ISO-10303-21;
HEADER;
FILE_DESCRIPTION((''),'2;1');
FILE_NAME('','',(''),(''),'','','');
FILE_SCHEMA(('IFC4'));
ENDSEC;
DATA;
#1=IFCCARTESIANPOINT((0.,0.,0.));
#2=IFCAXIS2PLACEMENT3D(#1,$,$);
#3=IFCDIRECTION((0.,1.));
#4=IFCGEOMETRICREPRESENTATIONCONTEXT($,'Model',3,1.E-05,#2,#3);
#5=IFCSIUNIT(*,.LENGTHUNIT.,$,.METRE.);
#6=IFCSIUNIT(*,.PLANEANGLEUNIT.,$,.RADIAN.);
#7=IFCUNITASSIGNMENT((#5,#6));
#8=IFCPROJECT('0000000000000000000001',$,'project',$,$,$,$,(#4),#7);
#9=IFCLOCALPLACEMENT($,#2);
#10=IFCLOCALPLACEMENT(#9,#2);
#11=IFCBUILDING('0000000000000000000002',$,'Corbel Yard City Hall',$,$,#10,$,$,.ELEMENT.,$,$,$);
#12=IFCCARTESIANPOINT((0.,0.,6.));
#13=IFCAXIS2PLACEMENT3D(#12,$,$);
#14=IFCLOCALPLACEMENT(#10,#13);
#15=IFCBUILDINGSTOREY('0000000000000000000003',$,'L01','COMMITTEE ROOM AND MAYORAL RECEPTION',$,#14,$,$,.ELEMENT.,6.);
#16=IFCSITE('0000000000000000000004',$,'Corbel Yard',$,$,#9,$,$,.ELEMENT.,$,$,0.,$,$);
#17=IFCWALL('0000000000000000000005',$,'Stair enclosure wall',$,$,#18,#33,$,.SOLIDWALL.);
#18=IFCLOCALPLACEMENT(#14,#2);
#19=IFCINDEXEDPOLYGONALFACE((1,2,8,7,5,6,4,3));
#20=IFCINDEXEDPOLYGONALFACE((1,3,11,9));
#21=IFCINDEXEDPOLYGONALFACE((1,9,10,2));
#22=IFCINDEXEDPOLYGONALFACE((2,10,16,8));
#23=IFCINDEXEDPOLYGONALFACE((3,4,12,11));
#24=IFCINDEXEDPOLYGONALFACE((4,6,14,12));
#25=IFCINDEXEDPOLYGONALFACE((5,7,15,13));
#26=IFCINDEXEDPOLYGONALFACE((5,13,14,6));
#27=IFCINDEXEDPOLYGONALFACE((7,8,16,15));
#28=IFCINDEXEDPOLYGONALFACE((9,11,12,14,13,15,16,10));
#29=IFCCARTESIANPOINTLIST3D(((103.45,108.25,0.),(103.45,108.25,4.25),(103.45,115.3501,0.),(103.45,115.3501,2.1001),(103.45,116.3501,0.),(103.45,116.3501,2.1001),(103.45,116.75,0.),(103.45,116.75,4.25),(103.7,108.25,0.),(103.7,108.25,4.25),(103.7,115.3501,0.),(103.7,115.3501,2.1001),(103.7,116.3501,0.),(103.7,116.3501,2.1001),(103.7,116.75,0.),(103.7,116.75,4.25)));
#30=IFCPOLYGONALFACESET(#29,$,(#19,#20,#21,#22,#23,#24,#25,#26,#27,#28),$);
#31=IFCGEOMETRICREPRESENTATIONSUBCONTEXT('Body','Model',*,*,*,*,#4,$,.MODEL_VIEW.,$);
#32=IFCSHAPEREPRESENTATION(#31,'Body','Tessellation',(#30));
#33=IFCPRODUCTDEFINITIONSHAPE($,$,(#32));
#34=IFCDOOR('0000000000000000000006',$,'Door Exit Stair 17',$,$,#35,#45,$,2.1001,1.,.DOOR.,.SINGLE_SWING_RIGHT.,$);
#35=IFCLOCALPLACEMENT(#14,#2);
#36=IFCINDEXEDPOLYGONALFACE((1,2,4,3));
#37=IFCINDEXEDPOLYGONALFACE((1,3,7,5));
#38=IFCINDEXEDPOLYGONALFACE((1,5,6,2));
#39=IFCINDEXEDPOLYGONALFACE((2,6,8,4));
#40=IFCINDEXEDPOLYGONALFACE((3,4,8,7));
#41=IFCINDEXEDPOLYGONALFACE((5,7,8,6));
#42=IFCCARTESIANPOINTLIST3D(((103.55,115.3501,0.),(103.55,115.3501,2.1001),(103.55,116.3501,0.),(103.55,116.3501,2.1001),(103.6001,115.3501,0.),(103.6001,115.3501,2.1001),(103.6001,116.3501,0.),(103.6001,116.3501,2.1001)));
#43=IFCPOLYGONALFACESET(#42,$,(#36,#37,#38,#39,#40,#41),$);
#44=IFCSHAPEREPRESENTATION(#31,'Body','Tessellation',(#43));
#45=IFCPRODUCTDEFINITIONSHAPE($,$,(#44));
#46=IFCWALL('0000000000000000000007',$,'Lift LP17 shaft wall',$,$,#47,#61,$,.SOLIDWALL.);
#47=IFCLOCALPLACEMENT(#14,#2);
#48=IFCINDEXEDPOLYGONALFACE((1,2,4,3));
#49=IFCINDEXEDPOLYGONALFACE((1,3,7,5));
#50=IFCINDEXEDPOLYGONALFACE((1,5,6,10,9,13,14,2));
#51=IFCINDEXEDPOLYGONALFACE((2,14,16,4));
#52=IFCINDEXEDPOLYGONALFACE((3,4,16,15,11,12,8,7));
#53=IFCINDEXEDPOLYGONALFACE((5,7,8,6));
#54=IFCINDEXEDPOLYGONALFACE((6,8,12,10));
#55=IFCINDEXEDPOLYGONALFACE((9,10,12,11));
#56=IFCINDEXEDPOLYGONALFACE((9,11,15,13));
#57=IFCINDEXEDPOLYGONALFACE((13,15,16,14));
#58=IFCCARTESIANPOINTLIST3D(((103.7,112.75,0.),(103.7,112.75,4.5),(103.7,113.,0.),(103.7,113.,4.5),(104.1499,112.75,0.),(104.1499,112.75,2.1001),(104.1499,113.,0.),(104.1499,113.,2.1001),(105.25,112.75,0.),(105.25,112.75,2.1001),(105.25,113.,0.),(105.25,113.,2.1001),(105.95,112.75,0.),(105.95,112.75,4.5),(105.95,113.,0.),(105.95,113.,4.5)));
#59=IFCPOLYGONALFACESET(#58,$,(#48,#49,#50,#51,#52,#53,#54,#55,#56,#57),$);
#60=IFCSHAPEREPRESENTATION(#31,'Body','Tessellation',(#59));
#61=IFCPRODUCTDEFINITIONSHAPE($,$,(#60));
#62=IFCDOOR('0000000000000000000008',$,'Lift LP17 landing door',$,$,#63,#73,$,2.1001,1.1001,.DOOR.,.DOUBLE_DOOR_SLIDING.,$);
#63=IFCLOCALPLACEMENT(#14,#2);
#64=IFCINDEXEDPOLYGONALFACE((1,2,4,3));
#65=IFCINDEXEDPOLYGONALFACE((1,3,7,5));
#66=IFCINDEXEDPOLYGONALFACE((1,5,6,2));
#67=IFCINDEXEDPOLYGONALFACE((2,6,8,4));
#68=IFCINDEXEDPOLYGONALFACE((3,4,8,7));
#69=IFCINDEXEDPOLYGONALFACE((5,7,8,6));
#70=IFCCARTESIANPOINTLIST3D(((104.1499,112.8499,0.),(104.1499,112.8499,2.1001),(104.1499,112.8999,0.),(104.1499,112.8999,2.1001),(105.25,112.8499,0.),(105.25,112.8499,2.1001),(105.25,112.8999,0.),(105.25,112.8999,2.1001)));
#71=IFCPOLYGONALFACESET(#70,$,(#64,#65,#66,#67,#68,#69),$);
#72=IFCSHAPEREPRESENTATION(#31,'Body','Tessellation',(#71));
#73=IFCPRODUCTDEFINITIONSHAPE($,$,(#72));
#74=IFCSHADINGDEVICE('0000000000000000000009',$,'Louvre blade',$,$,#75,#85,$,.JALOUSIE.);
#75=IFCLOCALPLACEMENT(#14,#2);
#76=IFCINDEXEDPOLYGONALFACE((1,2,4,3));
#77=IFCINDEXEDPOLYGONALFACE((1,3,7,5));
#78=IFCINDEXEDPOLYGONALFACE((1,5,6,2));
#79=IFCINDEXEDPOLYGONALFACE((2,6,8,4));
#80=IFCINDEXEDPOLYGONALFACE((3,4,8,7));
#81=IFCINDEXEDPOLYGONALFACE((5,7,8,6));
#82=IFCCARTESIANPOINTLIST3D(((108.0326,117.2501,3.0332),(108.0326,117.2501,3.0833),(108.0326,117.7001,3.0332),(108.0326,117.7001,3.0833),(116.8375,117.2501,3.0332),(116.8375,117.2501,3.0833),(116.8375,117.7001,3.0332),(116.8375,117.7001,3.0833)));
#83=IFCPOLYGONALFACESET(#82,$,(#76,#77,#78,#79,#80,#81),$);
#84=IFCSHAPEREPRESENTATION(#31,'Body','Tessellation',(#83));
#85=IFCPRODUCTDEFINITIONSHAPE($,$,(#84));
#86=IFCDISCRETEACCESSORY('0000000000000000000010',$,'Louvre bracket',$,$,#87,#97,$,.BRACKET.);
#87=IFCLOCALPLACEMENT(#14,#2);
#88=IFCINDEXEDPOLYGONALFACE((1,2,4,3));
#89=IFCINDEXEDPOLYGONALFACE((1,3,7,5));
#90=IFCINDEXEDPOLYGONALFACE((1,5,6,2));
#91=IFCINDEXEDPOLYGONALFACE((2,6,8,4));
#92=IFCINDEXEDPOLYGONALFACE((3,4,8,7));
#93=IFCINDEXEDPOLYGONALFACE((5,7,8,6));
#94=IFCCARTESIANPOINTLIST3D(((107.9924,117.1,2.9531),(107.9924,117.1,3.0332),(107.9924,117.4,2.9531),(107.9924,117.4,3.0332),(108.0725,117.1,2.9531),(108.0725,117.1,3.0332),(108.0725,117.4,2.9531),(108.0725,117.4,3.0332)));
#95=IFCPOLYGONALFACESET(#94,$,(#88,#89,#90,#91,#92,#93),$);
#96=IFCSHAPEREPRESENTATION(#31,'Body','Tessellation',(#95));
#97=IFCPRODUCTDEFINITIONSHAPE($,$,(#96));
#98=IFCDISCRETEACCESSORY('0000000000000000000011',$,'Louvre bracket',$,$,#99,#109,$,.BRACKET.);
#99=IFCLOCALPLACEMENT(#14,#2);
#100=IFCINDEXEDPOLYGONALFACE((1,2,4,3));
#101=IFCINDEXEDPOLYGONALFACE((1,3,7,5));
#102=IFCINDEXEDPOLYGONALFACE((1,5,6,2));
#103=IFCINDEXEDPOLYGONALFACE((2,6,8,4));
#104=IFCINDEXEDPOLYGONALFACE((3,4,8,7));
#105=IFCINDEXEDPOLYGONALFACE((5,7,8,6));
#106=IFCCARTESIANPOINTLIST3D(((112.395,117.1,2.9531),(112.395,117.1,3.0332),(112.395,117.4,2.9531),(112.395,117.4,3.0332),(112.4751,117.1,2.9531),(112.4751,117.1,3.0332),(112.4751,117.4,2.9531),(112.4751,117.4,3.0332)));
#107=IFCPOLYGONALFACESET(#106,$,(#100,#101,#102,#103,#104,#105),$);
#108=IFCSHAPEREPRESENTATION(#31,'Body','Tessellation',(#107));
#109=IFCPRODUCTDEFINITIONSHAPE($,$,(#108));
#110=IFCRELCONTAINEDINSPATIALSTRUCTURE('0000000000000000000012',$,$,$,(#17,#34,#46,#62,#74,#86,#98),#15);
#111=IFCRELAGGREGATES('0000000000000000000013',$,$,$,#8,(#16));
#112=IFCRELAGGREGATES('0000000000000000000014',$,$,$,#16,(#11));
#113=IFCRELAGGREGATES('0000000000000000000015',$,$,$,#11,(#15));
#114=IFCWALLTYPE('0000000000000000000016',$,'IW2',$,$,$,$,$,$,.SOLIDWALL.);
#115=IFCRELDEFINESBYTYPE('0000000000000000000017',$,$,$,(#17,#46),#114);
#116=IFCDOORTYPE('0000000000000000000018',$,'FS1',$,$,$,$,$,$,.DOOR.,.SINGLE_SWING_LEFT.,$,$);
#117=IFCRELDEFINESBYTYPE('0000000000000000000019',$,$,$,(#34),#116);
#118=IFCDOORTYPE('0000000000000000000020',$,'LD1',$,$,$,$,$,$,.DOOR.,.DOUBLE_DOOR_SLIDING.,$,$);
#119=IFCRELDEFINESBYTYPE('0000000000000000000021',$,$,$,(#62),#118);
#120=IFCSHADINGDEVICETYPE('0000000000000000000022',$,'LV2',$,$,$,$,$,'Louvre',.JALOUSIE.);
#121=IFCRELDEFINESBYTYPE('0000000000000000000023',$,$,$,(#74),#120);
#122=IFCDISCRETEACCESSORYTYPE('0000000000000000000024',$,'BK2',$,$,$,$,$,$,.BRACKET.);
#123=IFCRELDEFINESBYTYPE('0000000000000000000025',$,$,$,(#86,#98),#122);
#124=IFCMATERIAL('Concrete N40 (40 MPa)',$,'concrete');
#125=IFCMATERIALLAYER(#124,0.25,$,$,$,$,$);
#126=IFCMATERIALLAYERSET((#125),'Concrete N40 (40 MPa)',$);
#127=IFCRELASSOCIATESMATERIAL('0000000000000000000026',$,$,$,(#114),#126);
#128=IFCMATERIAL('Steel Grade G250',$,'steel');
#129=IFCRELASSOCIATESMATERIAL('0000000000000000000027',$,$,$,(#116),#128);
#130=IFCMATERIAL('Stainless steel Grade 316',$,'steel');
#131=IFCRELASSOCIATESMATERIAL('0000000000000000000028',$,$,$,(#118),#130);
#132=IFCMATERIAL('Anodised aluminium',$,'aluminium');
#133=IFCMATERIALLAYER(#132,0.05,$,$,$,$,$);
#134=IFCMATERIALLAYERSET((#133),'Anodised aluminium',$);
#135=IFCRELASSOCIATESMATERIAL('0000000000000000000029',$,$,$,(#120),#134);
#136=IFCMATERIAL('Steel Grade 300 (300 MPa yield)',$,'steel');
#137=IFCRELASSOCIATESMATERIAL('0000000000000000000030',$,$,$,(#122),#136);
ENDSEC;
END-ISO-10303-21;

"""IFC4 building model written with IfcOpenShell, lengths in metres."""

from ifc_helpers import new_model, si_unit, direction, frame, frame_2d, origin, origin_2d, place, context, subcontext, project, spatial, rectangle, extrude, material, layer, layer_set, type_object, element, fill, save


model = new_model("IFC4")

# Units and contexts
model_context = context("Model", 3, precision=1e-05, world=origin(), true_north=direction((0.0, 1.0)))
body_context = subcontext(model_context, "Body", "Model", "MODEL_VIEW")
ifc_project = project(units=[si_unit("LENGTHUNIT", "METRE"), si_unit("PLANEANGLEUNIT", "RADIAN")], contexts=[model_context])

# Site, building, storey
site_placement = place(None, origin())
site = spatial("IfcSite", under=ifc_project, at=site_placement, Name="Corbel Yard", CompositionType="ELEMENT", RefElevation=0.0)
building_placement = place(site_placement, origin())
building = spatial("IfcBuilding", under=site, at=building_placement, Name="Corbel Yard City Hall", CompositionType="ELEMENT")
storey_placement = place(building_placement, frame((0.0, 0.0, 6.0)))
storey = spatial("IfcBuildingStorey", under=building, at=storey_placement, Name="L01", Description="COMMITTEE ROOM AND MAYORAL RECEPTION", CompositionType="ELEMENT", Elevation=6.0)

# Shared definitions
ifc_material_1 = material(Name="Steel Grade 300 (300 MPa yield)", Category="steel")

# Walls, openings, doors
ifc_material_2 = material(Name="Concrete N40 (40 MPa)", Category="concrete")
ifc_layer_1 = layer(ifc_material_2, 0.25)
ifc_layer_set_1 = layer_set([ifc_layer_1], Name="Concrete N40 (40 MPa)")
wall_type = type_object("IfcWallType", Name="IW2", PredefinedType="SOLIDWALL", material=ifc_layer_set_1)
wall_1_placement = place(storey_placement, frame((103.575, 116.75, 0.0), z_axis=(0.0, 0.0, 1.0), x_axis=(0.0, -1.0, 0.0)))
wall_1 = element("IfcWall", 1, at=wall_1_placement, inside=storey, type_object=wall_type, Name="Stair enclosure wall", PredefinedType="SOLIDWALL", context=body_context, shape_type="SweptSolid", body=[
    extrude(rectangle(XDim=8.5, YDim=0.25, at=frame_2d((4.25, 0.0))), origin(), (0.0, 0.0, 1.0), 4.25),
])
opening_1_placement = place(wall_1_placement, frame((0.3999, 0.0, 0.0)))
opening_1 = element("IfcOpeningElement", 2, at=opening_1_placement, cuts=wall_1, PredefinedType="OPENING", context=body_context, shape_type="SweptSolid", body=[
    extrude(rectangle(XDim=1.0, YDim=2.1001, at=frame_2d((0.5, 1.05))), frame((0.0, 0.135, 0.0), z_axis=(0.0, -1.0, 0.0), x_axis=(1.0, 0.0, 0.0)), (0.0, 0.0, 1.0), 0.27),
])
ifc_material_3 = material(Name="Steel Grade G250", Category="steel")
door_type_1 = type_object("IfcDoorType", Name="FS1", OperationType="SINGLE_SWING_LEFT", PredefinedType="DOOR", material=ifc_material_3)
door_1_placement = place(opening_1_placement, frame((1.0, 0.0, 0.0), z_axis=(0.0, 0.0, 1.0), x_axis=(-1.0, 0.0, 0.0)))
door_1 = element("IfcDoor", 3, at=door_1_placement, inside=storey, type_object=door_type_1, Name="Door Exit Stair 17", OperationType="SINGLE_SWING_RIGHT", OverallHeight=2.1001, OverallWidth=1.0, PredefinedType="DOOR", context=body_context, shape_type="SweptSolid", body=[
    extrude(rectangle(XDim=1.0, YDim=2.1001, at=frame_2d((0.5, 1.05))), frame((0.0, 0.0249, 0.0), z_axis=(0.0, -1.0, 0.0), x_axis=(1.0, 0.0, 0.0)), (0.0, 0.0, 1.0), 0.05),
])
fill(opening_1, door_1)
wall_2_placement = place(storey_placement, frame((103.7, 112.875, 0.0), z_axis=(0.0, 0.0, 1.0), x_axis=(1.0, 0.0, 0.0)))
wall_2 = element("IfcWall", 4, at=wall_2_placement, inside=storey, type_object=wall_type, Name="Lift LP17 shaft wall", PredefinedType="SOLIDWALL", context=body_context, shape_type="SweptSolid", body=[
    extrude(rectangle(XDim=2.25, YDim=0.25, at=frame_2d((1.125, 0.0))), origin(), (0.0, 0.0, 1.0), 4.5),
])
opening_2_placement = place(wall_2_placement, frame((0.45, 0.0, 0.0)))
opening_2 = element("IfcOpeningElement", 5, at=opening_2_placement, cuts=wall_2, PredefinedType="OPENING", context=body_context, shape_type="SweptSolid", body=[
    extrude(rectangle(XDim=1.1001, YDim=2.1001, at=frame_2d((0.55, 1.05))), frame((0.0, 0.135, 0.0), z_axis=(0.0, -1.0, 0.0), x_axis=(1.0, 0.0, 0.0)), (0.0, 0.0, 1.0), 0.27),
])
ifc_material_4 = material(Name="Stainless steel Grade 316", Category="steel")
door_type_2 = type_object("IfcDoorType", Name="LD1", OperationType="DOUBLE_DOOR_SLIDING", PredefinedType="DOOR", material=ifc_material_4)
door_2_placement = place(opening_2_placement, origin())
door_2 = element("IfcDoor", 6, at=door_2_placement, inside=storey, type_object=door_type_2, Name="Lift LP17 landing door", OperationType="DOUBLE_DOOR_SLIDING", OverallHeight=2.1001, OverallWidth=1.1001, PredefinedType="DOOR", context=body_context, shape_type="SweptSolid", body=[
    extrude(rectangle(XDim=1.1001, YDim=2.1001, at=frame_2d((0.55, 1.05))), frame((0.0, 0.0249, 0.0), z_axis=(0.0, -1.0, 0.0), x_axis=(1.0, 0.0, 0.0)), (0.0, 0.0, 1.0), 0.05),
])
fill(opening_2, door_2)

# Shading device
ifc_material_5 = material(Name="Anodised aluminium", Category="aluminium")
ifc_layer_2 = layer(ifc_material_5, 0.05)
ifc_layer_set_2 = layer_set([ifc_layer_2], Name="Anodised aluminium")
shading_device_type = type_object("IfcShadingDeviceType", Name="LV2", ElementType="Louvre", PredefinedType="JALOUSIE", material=ifc_layer_set_2)
shading_device_placement = place(storey_placement, frame((112.4351, 117.4751, 3.0332), z_axis=(0.0, 0.0, 1.0), x_axis=(1.0, 0.0, 0.0)))
element("IfcShadingDevice", 7, at=shading_device_placement, inside=storey, type_object=shading_device_type, Name="Louvre blade", PredefinedType="JALOUSIE", context=body_context, shape_type="SweptSolid", body=[
    extrude(rectangle(XDim=8.8049, YDim=0.45, at=origin_2d()), origin(), (0.0, 0.0, 1.0), 0.05),
])

# Discrete accessories
discrete_accessory_type = type_object("IfcDiscreteAccessoryType", Name="BK2", PredefinedType="BRACKET", material=ifc_material_1)
for number, where, z_axis, x_axis, name in (
    (8, (108.0325, 117.25, 2.9531), (0.0, 0.0, 1.0), (1.0, 0.0, 0.0), "Louvre bracket"),
    (9, (112.4351, 117.25, 2.9531), (0.0, 0.0, 1.0), (1.0, 0.0, 0.0), "Louvre bracket"),
):
    element("IfcDiscreteAccessory", number, at=place(storey_placement, frame(where, z_axis=z_axis, x_axis=x_axis)), inside=storey, type_object=discrete_accessory_type, Name=name, PredefinedType="BRACKET", context=body_context, shape_type="SweptSolid", body=[
        extrude(rectangle(XDim=0.0801, YDim=0.3, at=origin_2d()), origin(), (0.0, 0.0, 1.0), 0.0801),
    ])

save(model, "model.ifc")
